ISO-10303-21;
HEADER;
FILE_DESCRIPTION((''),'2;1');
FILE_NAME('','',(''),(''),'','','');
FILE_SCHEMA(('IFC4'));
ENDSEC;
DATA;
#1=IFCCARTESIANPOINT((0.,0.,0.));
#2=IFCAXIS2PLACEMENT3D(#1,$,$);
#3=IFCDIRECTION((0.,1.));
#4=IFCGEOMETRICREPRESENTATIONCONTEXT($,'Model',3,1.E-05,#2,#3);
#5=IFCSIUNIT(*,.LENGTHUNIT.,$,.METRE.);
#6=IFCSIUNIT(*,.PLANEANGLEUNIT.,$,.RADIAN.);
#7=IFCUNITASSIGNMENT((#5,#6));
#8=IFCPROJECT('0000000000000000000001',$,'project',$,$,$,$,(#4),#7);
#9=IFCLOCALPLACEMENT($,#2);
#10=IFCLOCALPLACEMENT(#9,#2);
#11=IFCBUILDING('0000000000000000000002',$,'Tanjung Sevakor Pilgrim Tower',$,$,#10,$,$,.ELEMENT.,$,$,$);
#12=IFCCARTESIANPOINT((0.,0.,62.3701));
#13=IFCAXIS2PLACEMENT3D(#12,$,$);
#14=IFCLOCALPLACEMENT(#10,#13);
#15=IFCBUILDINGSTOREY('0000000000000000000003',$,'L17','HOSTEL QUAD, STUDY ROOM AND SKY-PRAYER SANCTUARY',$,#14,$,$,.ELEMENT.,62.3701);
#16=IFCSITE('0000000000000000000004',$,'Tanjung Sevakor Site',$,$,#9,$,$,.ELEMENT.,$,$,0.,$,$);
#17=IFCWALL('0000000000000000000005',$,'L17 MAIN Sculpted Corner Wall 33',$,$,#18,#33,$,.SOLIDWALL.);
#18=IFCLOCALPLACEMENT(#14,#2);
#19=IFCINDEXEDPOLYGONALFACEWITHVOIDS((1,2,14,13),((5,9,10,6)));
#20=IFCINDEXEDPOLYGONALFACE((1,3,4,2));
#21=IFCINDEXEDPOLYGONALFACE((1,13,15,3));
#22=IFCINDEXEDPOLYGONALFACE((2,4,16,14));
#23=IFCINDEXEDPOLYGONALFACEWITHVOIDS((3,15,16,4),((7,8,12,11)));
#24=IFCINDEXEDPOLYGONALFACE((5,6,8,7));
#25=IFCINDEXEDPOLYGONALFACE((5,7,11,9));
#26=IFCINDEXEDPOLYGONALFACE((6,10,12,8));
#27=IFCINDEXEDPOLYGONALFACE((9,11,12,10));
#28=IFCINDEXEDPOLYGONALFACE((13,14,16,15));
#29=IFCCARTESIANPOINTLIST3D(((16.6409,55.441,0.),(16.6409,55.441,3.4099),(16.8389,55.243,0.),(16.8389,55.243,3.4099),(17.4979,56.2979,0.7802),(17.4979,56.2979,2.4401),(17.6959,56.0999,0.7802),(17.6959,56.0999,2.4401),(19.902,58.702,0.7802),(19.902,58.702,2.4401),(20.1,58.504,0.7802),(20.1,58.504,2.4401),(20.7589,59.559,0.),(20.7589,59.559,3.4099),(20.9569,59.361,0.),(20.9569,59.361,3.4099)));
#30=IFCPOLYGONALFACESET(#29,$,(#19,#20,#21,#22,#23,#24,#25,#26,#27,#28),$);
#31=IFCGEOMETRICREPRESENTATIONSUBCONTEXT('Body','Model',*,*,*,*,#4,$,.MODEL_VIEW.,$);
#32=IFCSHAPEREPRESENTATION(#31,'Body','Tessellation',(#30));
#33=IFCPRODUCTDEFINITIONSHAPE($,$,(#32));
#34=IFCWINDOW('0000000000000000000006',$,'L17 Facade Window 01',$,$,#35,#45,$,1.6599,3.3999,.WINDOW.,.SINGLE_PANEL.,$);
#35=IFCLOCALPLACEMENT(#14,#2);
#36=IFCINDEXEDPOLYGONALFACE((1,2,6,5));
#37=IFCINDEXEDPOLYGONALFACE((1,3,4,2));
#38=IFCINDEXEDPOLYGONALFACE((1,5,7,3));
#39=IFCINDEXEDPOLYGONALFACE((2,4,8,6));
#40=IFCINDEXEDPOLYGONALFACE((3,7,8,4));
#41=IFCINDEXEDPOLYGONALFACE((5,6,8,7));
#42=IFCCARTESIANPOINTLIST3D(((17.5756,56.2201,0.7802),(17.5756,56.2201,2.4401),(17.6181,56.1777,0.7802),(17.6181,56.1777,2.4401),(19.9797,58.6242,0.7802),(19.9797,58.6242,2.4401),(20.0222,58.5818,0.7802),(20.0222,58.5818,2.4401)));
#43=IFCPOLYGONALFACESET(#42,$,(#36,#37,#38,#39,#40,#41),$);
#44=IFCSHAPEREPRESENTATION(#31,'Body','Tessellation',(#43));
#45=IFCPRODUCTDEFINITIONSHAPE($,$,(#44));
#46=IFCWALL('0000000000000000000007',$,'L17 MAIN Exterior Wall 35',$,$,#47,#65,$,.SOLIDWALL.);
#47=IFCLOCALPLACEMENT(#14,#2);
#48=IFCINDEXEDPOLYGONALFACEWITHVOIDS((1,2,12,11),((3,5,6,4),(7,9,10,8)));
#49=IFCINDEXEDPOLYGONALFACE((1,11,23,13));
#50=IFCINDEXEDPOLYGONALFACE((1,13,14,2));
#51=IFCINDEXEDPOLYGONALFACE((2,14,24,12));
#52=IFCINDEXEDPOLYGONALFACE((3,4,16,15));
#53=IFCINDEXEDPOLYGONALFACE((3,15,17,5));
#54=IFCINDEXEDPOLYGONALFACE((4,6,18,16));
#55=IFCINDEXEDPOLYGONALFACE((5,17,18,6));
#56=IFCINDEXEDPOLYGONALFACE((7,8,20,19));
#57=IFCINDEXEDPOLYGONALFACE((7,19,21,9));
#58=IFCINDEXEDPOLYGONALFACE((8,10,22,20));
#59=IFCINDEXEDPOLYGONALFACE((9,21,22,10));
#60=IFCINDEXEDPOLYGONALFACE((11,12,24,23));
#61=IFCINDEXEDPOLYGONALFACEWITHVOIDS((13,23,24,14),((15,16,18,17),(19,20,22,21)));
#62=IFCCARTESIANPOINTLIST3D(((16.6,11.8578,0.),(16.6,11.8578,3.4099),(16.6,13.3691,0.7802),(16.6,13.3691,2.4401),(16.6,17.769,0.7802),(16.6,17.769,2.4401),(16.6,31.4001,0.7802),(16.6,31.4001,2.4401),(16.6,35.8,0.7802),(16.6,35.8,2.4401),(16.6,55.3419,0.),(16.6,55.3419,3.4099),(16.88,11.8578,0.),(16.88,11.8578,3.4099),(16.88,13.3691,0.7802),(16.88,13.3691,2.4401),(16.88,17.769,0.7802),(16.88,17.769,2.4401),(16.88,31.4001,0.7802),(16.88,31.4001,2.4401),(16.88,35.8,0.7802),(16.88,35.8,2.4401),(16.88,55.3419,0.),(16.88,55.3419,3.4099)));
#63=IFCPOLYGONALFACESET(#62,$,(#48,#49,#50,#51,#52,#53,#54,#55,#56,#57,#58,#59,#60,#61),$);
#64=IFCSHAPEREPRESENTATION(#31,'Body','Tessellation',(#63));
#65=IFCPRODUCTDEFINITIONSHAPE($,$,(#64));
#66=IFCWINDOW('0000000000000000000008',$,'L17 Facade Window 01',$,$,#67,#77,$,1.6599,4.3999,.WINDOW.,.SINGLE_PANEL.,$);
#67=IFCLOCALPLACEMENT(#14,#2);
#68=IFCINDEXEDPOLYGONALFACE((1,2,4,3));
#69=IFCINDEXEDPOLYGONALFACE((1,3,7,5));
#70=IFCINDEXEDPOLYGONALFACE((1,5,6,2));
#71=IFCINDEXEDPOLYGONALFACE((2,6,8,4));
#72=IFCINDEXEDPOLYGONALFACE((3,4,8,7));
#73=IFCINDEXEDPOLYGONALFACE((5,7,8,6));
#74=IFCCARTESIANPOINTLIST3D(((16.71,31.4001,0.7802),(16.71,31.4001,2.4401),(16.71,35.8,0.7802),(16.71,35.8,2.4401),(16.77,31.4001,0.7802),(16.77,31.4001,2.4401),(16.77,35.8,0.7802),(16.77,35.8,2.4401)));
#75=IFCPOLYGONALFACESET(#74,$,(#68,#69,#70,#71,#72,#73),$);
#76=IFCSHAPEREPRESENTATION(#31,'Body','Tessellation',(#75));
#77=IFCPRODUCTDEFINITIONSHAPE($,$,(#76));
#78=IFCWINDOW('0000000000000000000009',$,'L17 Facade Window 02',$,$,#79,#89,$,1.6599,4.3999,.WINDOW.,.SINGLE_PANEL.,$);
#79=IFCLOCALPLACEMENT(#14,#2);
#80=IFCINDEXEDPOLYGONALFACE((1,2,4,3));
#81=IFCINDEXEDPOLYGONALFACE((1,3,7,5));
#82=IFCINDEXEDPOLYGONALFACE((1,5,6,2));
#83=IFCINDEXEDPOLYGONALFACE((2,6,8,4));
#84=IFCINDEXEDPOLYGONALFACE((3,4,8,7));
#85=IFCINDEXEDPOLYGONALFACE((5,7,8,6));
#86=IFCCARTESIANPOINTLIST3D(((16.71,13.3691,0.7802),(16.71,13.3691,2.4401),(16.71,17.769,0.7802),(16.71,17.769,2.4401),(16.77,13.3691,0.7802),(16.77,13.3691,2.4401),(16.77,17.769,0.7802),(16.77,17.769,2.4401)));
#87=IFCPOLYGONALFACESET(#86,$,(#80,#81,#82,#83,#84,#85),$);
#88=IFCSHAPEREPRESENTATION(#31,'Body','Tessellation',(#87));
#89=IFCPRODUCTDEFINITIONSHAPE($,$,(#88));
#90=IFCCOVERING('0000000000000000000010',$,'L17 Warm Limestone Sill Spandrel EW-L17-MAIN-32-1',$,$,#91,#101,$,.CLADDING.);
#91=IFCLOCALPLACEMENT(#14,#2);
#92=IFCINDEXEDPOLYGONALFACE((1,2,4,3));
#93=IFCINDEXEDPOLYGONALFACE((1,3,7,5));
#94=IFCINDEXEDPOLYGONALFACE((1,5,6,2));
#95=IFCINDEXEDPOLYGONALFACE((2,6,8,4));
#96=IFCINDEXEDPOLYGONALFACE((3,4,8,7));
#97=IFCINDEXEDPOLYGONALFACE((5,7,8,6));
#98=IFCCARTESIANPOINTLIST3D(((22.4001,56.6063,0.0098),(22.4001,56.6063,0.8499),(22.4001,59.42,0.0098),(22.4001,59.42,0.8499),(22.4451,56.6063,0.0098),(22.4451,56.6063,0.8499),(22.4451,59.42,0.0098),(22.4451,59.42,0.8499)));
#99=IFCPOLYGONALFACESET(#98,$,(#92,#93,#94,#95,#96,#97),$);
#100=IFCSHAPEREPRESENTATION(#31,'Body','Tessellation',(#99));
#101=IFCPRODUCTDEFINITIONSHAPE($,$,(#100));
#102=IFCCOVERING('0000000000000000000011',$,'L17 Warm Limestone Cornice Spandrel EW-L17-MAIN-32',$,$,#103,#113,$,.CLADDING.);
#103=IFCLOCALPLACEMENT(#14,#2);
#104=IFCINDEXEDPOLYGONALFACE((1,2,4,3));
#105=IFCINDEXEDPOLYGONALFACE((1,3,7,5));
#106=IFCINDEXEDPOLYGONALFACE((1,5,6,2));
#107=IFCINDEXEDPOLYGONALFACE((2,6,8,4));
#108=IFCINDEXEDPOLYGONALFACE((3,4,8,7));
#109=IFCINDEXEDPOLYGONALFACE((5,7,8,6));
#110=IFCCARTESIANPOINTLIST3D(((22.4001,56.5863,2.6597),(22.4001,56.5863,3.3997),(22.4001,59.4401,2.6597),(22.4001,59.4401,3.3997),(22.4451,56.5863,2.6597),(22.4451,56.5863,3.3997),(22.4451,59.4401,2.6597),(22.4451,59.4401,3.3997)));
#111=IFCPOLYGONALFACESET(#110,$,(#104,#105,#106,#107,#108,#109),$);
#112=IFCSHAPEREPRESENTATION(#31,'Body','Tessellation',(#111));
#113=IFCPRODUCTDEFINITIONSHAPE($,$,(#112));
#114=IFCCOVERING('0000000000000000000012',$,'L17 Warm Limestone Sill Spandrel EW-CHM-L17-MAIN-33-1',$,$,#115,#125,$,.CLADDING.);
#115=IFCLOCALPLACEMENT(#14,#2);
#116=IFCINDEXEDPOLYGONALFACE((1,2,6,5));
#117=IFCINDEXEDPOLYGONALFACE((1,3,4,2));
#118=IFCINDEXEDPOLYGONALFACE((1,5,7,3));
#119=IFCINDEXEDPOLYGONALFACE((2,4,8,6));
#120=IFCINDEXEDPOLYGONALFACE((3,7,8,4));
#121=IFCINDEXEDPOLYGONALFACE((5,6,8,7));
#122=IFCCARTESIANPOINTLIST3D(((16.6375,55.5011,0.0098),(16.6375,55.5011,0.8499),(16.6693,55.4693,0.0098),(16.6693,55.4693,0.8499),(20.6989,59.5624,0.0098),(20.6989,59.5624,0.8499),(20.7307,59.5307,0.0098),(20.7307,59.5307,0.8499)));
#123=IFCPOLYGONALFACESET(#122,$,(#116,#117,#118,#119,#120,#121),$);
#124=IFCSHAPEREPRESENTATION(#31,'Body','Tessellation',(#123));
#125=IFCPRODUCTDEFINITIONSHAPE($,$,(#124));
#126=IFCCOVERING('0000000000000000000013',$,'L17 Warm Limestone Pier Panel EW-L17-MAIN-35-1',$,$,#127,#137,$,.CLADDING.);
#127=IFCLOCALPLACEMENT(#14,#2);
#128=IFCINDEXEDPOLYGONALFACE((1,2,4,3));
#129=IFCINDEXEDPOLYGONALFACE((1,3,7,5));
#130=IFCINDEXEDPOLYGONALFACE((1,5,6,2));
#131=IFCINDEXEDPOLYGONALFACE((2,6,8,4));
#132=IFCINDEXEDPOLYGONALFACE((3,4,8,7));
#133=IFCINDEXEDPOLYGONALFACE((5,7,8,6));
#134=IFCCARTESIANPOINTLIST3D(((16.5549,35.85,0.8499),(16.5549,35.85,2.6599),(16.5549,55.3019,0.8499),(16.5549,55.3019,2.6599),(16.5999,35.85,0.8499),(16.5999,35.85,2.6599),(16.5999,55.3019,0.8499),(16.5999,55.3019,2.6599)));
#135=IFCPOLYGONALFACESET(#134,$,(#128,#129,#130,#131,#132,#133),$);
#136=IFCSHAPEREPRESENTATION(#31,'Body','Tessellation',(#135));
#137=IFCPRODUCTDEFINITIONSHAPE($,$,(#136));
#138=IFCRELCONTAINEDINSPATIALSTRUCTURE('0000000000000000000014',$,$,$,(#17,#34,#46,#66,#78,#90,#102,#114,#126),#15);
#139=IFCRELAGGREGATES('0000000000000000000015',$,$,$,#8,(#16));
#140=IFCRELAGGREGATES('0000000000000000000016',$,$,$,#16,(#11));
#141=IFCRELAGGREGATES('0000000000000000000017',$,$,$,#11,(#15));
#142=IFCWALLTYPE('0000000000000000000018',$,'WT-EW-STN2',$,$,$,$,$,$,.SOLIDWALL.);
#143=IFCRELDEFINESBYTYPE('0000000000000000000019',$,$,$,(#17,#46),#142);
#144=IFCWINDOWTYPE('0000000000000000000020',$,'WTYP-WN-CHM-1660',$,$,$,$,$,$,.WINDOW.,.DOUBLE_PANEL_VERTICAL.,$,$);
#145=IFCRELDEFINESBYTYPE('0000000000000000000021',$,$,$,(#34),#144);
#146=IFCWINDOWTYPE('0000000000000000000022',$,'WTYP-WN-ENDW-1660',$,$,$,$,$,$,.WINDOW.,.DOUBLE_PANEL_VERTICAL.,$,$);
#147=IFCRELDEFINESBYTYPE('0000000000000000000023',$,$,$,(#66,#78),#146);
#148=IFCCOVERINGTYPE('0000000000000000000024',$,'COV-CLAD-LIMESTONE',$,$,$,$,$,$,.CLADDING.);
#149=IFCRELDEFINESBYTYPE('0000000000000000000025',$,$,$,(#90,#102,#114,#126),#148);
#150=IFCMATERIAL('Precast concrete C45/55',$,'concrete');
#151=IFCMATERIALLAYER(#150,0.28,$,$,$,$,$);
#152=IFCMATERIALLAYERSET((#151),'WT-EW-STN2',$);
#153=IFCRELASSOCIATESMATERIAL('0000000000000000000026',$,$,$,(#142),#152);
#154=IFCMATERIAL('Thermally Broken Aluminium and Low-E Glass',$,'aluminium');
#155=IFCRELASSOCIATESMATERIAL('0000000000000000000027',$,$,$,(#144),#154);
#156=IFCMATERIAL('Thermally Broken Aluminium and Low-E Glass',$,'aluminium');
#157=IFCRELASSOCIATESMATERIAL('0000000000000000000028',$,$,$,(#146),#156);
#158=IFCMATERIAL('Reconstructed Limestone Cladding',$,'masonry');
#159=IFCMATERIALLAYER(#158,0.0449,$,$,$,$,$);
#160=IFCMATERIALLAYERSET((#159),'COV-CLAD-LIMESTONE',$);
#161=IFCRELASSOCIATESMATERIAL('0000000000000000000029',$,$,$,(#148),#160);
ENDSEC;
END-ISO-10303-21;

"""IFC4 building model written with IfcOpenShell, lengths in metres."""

from ifc_helpers import new_model, si_unit, direction, frame, frame_2d, origin, origin_2d, place, context, subcontext, project, spatial, rectangle, extrude, material, layer, layer_set, type_object, element, fill, save


model = new_model("IFC4")

# Units and contexts
model_context = context("Model", 3, precision=1e-05, world=origin(), true_north=direction((0.0, 1.0)))
body_context = subcontext(model_context, "Body", "Model", "MODEL_VIEW")
ifc_project = project(units=[si_unit("LENGTHUNIT", "METRE"), si_unit("PLANEANGLEUNIT", "RADIAN")], contexts=[model_context])

# Site, building, storey
site_placement = place(None, origin())
site = spatial("IfcSite", under=ifc_project, at=site_placement, Name="Tanjung Sevakor Site", CompositionType="ELEMENT", RefElevation=0.0)
building_placement = place(site_placement, origin())
building = spatial("IfcBuilding", under=site, at=building_placement, Name="Tanjung Sevakor Pilgrim Tower", CompositionType="ELEMENT")
storey_placement = place(building_placement, frame((0.0, 0.0, 62.3701)))
storey = spatial("IfcBuildingStorey", under=building, at=storey_placement, Name="L17", Description="HOSTEL QUAD, STUDY ROOM AND SKY-PRAYER SANCTUARY", CompositionType="ELEMENT", Elevation=62.3701)

# Wall, opening, window
ifc_material_1 = material(Name="Precast concrete C45/55", Category="concrete")
ifc_layer_1 = layer(ifc_material_1, 0.28)
ifc_layer_set_1 = layer_set([ifc_layer_1], Name="WT-EW-STN2")
wall_type = type_object("IfcWallType", Name="WT-EW-STN2", PredefinedType="SOLIDWALL", material=ifc_layer_set_1)
wall_1_placement = place(storey_placement, frame((20.8579, 59.46, 0.0), z_axis=(0.0, 0.0, 1.0), x_axis=(-0.707107, -0.707107, 0.0)))
wall_1 = element("IfcWall", 1, at=wall_1_placement, inside=storey, type_object=wall_type, Name="L17 MAIN Sculpted Corner Wall 33", PredefinedType="SOLIDWALL", context=body_context, shape_type="SweptSolid", body=[
    extrude(rectangle(XDim=5.8237, YDim=0.28, at=frame_2d((2.9119, 0.0))), origin(), (0.0, 0.0, 1.0), 3.4099),
])
opening_1_placement = place(wall_1_placement, frame((1.2119, 0.0, 0.78)))
opening_1 = element("IfcOpeningElement", 2, at=opening_1_placement, cuts=wall_1, PredefinedType="OPENING", context=body_context, shape_type="SweptSolid", body=[
    extrude(rectangle(XDim=3.3999, YDim=1.6599, at=frame_2d((1.7, 0.8301))), frame((0.0, 0.1499, 0.0), z_axis=(0.0, -1.0, 0.0), x_axis=(1.0, 0.0, 0.0)), (0.0, 0.0, 1.0), 0.3),
])
ifc_material_2 = material(Name="Thermally Broken Aluminium and Low-E Glass", Category="aluminium")
window_type_1 = type_object("IfcWindowType", Name="WTYP-WN-CHM-1660", PartitioningType="DOUBLE_PANEL_VERTICAL", PredefinedType="WINDOW", material=ifc_material_2)
window_1_placement = place(opening_1_placement, origin())
window_1 = element("IfcWindow", 3, at=window_1_placement, inside=storey, type_object=window_type_1, Name="L17 Facade Window 01", OverallHeight=1.6599, OverallWidth=3.3999, PartitioningType="SINGLE_PANEL", PredefinedType="WINDOW", context=body_context, shape_type="SweptSolid", body=[
    extrude(rectangle(XDim=3.3999, YDim=1.6599, at=frame_2d((1.7, 0.8301))), frame((0.0, 0.03, 0.0), z_axis=(0.0, -1.0, 0.0), x_axis=(1.0, 0.0, 0.0)), (0.0, 0.0, 1.0), 0.0601),
])
fill(opening_1, window_1)

# Wall, openings, windows
wall_2_placement = place(storey_placement, frame((16.74, 55.342, 0.0), z_axis=(0.0, 0.0, 1.0), x_axis=(0.0, -1.0, 0.0)))
wall_2 = element("IfcWall", 4, at=wall_2_placement, inside=storey, type_object=wall_type, Name="L17 MAIN Exterior Wall 35", PredefinedType="SOLIDWALL", context=body_context, shape_type="SweptSolid", body=[
    extrude(rectangle(XDim=43.4841, YDim=0.28, at=frame_2d((21.7422, 0.0))), origin(), (0.0, 0.0, 1.0), 3.4099),
])
opening_2_placement = place(wall_2_placement, frame((19.542, 0.0, 0.78)))
opening_2 = element("IfcOpeningElement", 5, at=opening_2_placement, cuts=wall_2, PredefinedType="OPENING", context=body_context, shape_type="SweptSolid", body=[
    extrude(rectangle(XDim=4.3999, YDim=1.6599, at=frame_2d((2.2, 0.8301))), frame((0.0, 0.1499, 0.0), z_axis=(0.0, -1.0, 0.0), x_axis=(1.0, 0.0, 0.0)), (0.0, 0.0, 1.0), 0.3),
])
opening_3_placement = place(wall_2_placement, frame((37.573, 0.0, 0.78)))
opening_3 = element("IfcOpeningElement", 6, at=opening_3_placement, cuts=wall_2, PredefinedType="OPENING", context=body_context, shape_type="SweptSolid", body=[
    extrude(rectangle(XDim=4.3999, YDim=1.6599, at=frame_2d((2.2, 0.8301))), frame((0.0, 0.1499, 0.0), z_axis=(0.0, -1.0, 0.0), x_axis=(1.0, 0.0, 0.0)), (0.0, 0.0, 1.0), 0.3),
])
ifc_material_3 = material(Name="Thermally Broken Aluminium and Low-E Glass", Category="aluminium")
window_type_2 = type_object("IfcWindowType", Name="WTYP-WN-ENDW-1660", PartitioningType="DOUBLE_PANEL_VERTICAL", PredefinedType="WINDOW", material=ifc_material_3)
window_2_placement = place(opening_2_placement, origin())
window_2 = element("IfcWindow", 7, at=window_2_placement, inside=storey, type_object=window_type_2, Name="L17 Facade Window 01", OverallHeight=1.6599, OverallWidth=4.3999, PartitioningType="SINGLE_PANEL", PredefinedType="WINDOW", context=body_context, shape_type="SweptSolid", body=[
    extrude(rectangle(XDim=4.3999, YDim=1.6599, at=frame_2d((2.2, 0.8301))), frame((0.0, 0.03, 0.0), z_axis=(0.0, -1.0, 0.0), x_axis=(1.0, 0.0, 0.0)), (0.0, 0.0, 1.0), 0.0601),
])
fill(opening_2, window_2)
window_3_placement = place(opening_3_placement, origin())
window_3 = element("IfcWindow", 8, at=window_3_placement, inside=storey, type_object=window_type_2, Name="L17 Facade Window 02", OverallHeight=1.6599, OverallWidth=4.3999, PartitioningType="SINGLE_PANEL", PredefinedType="WINDOW", context=body_context, shape_type="SweptSolid", body=[
    extrude(rectangle(XDim=4.3999, YDim=1.6599, at=frame_2d((2.2, 0.8301))), frame((0.0, 0.03, 0.0), z_axis=(0.0, -1.0, 0.0), x_axis=(1.0, 0.0, 0.0)), (0.0, 0.0, 1.0), 0.0601),
])
fill(opening_3, window_3)

# Coverings
ifc_material_4 = material(Name="Reconstructed Limestone Cladding", Category="masonry")
ifc_layer_2 = layer(ifc_material_4, 0.0449)
ifc_layer_set_2 = layer_set([ifc_layer_2], Name="COV-CLAD-LIMESTONE")
covering_type = type_object("IfcCoveringType", Name="COV-CLAD-LIMESTONE", PredefinedType="CLADDING", material=ifc_layer_set_2)
covering_1_placement = place(storey_placement, frame((22.4226, 58.0132, 0.0098), z_axis=(0.0, 0.0, 1.0), x_axis=(0.0, 1.0, 0.0)))
element("IfcCovering", 9, at=covering_1_placement, inside=storey, type_object=covering_type, Name="L17 Warm Limestone Sill Spandrel EW-L17-MAIN-32-1", PredefinedType="CLADDING", context=body_context, shape_type="SweptSolid", body=[
    extrude(rectangle(XDim=2.8137, YDim=0.0449, at=origin_2d()), origin(), (0.0, 0.0, 1.0), 0.8401),
])
covering_2_placement = place(storey_placement, frame((22.4226, 58.0132, 2.6597), z_axis=(0.0, 0.0, 1.0), x_axis=(0.0, 1.0, 0.0)))
element("IfcCovering", 10, at=covering_2_placement, inside=storey, type_object=covering_type, Name="L17 Warm Limestone Cornice Spandrel EW-L17-MAIN-32", PredefinedType="CLADDING", context=body_context, shape_type="SweptSolid", body=[
    extrude(rectangle(XDim=2.8538, YDim=0.0449, at=origin_2d()), origin(), (0.0, 0.0, 1.0), 0.74),
])
covering_3_placement = place(storey_placement, frame((18.6841, 57.5159, 0.0098), z_axis=(0.0, 0.0, 1.0), x_axis=(-0.707107, -0.707107, 0.0)))
element("IfcCovering", 11, at=covering_3_placement, inside=storey, type_object=covering_type, Name="L17 Warm Limestone Sill Spandrel EW-CHM-L17-MAIN-33-1", PredefinedType="CLADDING", context=body_context, shape_type="SweptSolid", body=[
    extrude(rectangle(XDim=5.7437, YDim=0.0449, at=origin_2d()), origin(), (0.0, 0.0, 1.0), 0.8401),
])
covering_4_placement = place(storey_placement, frame((16.5774, 45.5759, 0.8499), z_axis=(0.0, 0.0, 1.0), x_axis=(0.0, -1.0, 0.0)))
element("IfcCovering", 12, at=covering_4_placement, inside=storey, type_object=covering_type, Name="L17 Warm Limestone Pier Panel EW-L17-MAIN-35-1", PredefinedType="CLADDING", context=body_context, shape_type="SweptSolid", body=[
    extrude(rectangle(XDim=19.4519, YDim=0.0449, at=origin_2d()), origin(), (0.0, 0.0, 1.0), 1.8101),
])

save(model, "model.ifc")
